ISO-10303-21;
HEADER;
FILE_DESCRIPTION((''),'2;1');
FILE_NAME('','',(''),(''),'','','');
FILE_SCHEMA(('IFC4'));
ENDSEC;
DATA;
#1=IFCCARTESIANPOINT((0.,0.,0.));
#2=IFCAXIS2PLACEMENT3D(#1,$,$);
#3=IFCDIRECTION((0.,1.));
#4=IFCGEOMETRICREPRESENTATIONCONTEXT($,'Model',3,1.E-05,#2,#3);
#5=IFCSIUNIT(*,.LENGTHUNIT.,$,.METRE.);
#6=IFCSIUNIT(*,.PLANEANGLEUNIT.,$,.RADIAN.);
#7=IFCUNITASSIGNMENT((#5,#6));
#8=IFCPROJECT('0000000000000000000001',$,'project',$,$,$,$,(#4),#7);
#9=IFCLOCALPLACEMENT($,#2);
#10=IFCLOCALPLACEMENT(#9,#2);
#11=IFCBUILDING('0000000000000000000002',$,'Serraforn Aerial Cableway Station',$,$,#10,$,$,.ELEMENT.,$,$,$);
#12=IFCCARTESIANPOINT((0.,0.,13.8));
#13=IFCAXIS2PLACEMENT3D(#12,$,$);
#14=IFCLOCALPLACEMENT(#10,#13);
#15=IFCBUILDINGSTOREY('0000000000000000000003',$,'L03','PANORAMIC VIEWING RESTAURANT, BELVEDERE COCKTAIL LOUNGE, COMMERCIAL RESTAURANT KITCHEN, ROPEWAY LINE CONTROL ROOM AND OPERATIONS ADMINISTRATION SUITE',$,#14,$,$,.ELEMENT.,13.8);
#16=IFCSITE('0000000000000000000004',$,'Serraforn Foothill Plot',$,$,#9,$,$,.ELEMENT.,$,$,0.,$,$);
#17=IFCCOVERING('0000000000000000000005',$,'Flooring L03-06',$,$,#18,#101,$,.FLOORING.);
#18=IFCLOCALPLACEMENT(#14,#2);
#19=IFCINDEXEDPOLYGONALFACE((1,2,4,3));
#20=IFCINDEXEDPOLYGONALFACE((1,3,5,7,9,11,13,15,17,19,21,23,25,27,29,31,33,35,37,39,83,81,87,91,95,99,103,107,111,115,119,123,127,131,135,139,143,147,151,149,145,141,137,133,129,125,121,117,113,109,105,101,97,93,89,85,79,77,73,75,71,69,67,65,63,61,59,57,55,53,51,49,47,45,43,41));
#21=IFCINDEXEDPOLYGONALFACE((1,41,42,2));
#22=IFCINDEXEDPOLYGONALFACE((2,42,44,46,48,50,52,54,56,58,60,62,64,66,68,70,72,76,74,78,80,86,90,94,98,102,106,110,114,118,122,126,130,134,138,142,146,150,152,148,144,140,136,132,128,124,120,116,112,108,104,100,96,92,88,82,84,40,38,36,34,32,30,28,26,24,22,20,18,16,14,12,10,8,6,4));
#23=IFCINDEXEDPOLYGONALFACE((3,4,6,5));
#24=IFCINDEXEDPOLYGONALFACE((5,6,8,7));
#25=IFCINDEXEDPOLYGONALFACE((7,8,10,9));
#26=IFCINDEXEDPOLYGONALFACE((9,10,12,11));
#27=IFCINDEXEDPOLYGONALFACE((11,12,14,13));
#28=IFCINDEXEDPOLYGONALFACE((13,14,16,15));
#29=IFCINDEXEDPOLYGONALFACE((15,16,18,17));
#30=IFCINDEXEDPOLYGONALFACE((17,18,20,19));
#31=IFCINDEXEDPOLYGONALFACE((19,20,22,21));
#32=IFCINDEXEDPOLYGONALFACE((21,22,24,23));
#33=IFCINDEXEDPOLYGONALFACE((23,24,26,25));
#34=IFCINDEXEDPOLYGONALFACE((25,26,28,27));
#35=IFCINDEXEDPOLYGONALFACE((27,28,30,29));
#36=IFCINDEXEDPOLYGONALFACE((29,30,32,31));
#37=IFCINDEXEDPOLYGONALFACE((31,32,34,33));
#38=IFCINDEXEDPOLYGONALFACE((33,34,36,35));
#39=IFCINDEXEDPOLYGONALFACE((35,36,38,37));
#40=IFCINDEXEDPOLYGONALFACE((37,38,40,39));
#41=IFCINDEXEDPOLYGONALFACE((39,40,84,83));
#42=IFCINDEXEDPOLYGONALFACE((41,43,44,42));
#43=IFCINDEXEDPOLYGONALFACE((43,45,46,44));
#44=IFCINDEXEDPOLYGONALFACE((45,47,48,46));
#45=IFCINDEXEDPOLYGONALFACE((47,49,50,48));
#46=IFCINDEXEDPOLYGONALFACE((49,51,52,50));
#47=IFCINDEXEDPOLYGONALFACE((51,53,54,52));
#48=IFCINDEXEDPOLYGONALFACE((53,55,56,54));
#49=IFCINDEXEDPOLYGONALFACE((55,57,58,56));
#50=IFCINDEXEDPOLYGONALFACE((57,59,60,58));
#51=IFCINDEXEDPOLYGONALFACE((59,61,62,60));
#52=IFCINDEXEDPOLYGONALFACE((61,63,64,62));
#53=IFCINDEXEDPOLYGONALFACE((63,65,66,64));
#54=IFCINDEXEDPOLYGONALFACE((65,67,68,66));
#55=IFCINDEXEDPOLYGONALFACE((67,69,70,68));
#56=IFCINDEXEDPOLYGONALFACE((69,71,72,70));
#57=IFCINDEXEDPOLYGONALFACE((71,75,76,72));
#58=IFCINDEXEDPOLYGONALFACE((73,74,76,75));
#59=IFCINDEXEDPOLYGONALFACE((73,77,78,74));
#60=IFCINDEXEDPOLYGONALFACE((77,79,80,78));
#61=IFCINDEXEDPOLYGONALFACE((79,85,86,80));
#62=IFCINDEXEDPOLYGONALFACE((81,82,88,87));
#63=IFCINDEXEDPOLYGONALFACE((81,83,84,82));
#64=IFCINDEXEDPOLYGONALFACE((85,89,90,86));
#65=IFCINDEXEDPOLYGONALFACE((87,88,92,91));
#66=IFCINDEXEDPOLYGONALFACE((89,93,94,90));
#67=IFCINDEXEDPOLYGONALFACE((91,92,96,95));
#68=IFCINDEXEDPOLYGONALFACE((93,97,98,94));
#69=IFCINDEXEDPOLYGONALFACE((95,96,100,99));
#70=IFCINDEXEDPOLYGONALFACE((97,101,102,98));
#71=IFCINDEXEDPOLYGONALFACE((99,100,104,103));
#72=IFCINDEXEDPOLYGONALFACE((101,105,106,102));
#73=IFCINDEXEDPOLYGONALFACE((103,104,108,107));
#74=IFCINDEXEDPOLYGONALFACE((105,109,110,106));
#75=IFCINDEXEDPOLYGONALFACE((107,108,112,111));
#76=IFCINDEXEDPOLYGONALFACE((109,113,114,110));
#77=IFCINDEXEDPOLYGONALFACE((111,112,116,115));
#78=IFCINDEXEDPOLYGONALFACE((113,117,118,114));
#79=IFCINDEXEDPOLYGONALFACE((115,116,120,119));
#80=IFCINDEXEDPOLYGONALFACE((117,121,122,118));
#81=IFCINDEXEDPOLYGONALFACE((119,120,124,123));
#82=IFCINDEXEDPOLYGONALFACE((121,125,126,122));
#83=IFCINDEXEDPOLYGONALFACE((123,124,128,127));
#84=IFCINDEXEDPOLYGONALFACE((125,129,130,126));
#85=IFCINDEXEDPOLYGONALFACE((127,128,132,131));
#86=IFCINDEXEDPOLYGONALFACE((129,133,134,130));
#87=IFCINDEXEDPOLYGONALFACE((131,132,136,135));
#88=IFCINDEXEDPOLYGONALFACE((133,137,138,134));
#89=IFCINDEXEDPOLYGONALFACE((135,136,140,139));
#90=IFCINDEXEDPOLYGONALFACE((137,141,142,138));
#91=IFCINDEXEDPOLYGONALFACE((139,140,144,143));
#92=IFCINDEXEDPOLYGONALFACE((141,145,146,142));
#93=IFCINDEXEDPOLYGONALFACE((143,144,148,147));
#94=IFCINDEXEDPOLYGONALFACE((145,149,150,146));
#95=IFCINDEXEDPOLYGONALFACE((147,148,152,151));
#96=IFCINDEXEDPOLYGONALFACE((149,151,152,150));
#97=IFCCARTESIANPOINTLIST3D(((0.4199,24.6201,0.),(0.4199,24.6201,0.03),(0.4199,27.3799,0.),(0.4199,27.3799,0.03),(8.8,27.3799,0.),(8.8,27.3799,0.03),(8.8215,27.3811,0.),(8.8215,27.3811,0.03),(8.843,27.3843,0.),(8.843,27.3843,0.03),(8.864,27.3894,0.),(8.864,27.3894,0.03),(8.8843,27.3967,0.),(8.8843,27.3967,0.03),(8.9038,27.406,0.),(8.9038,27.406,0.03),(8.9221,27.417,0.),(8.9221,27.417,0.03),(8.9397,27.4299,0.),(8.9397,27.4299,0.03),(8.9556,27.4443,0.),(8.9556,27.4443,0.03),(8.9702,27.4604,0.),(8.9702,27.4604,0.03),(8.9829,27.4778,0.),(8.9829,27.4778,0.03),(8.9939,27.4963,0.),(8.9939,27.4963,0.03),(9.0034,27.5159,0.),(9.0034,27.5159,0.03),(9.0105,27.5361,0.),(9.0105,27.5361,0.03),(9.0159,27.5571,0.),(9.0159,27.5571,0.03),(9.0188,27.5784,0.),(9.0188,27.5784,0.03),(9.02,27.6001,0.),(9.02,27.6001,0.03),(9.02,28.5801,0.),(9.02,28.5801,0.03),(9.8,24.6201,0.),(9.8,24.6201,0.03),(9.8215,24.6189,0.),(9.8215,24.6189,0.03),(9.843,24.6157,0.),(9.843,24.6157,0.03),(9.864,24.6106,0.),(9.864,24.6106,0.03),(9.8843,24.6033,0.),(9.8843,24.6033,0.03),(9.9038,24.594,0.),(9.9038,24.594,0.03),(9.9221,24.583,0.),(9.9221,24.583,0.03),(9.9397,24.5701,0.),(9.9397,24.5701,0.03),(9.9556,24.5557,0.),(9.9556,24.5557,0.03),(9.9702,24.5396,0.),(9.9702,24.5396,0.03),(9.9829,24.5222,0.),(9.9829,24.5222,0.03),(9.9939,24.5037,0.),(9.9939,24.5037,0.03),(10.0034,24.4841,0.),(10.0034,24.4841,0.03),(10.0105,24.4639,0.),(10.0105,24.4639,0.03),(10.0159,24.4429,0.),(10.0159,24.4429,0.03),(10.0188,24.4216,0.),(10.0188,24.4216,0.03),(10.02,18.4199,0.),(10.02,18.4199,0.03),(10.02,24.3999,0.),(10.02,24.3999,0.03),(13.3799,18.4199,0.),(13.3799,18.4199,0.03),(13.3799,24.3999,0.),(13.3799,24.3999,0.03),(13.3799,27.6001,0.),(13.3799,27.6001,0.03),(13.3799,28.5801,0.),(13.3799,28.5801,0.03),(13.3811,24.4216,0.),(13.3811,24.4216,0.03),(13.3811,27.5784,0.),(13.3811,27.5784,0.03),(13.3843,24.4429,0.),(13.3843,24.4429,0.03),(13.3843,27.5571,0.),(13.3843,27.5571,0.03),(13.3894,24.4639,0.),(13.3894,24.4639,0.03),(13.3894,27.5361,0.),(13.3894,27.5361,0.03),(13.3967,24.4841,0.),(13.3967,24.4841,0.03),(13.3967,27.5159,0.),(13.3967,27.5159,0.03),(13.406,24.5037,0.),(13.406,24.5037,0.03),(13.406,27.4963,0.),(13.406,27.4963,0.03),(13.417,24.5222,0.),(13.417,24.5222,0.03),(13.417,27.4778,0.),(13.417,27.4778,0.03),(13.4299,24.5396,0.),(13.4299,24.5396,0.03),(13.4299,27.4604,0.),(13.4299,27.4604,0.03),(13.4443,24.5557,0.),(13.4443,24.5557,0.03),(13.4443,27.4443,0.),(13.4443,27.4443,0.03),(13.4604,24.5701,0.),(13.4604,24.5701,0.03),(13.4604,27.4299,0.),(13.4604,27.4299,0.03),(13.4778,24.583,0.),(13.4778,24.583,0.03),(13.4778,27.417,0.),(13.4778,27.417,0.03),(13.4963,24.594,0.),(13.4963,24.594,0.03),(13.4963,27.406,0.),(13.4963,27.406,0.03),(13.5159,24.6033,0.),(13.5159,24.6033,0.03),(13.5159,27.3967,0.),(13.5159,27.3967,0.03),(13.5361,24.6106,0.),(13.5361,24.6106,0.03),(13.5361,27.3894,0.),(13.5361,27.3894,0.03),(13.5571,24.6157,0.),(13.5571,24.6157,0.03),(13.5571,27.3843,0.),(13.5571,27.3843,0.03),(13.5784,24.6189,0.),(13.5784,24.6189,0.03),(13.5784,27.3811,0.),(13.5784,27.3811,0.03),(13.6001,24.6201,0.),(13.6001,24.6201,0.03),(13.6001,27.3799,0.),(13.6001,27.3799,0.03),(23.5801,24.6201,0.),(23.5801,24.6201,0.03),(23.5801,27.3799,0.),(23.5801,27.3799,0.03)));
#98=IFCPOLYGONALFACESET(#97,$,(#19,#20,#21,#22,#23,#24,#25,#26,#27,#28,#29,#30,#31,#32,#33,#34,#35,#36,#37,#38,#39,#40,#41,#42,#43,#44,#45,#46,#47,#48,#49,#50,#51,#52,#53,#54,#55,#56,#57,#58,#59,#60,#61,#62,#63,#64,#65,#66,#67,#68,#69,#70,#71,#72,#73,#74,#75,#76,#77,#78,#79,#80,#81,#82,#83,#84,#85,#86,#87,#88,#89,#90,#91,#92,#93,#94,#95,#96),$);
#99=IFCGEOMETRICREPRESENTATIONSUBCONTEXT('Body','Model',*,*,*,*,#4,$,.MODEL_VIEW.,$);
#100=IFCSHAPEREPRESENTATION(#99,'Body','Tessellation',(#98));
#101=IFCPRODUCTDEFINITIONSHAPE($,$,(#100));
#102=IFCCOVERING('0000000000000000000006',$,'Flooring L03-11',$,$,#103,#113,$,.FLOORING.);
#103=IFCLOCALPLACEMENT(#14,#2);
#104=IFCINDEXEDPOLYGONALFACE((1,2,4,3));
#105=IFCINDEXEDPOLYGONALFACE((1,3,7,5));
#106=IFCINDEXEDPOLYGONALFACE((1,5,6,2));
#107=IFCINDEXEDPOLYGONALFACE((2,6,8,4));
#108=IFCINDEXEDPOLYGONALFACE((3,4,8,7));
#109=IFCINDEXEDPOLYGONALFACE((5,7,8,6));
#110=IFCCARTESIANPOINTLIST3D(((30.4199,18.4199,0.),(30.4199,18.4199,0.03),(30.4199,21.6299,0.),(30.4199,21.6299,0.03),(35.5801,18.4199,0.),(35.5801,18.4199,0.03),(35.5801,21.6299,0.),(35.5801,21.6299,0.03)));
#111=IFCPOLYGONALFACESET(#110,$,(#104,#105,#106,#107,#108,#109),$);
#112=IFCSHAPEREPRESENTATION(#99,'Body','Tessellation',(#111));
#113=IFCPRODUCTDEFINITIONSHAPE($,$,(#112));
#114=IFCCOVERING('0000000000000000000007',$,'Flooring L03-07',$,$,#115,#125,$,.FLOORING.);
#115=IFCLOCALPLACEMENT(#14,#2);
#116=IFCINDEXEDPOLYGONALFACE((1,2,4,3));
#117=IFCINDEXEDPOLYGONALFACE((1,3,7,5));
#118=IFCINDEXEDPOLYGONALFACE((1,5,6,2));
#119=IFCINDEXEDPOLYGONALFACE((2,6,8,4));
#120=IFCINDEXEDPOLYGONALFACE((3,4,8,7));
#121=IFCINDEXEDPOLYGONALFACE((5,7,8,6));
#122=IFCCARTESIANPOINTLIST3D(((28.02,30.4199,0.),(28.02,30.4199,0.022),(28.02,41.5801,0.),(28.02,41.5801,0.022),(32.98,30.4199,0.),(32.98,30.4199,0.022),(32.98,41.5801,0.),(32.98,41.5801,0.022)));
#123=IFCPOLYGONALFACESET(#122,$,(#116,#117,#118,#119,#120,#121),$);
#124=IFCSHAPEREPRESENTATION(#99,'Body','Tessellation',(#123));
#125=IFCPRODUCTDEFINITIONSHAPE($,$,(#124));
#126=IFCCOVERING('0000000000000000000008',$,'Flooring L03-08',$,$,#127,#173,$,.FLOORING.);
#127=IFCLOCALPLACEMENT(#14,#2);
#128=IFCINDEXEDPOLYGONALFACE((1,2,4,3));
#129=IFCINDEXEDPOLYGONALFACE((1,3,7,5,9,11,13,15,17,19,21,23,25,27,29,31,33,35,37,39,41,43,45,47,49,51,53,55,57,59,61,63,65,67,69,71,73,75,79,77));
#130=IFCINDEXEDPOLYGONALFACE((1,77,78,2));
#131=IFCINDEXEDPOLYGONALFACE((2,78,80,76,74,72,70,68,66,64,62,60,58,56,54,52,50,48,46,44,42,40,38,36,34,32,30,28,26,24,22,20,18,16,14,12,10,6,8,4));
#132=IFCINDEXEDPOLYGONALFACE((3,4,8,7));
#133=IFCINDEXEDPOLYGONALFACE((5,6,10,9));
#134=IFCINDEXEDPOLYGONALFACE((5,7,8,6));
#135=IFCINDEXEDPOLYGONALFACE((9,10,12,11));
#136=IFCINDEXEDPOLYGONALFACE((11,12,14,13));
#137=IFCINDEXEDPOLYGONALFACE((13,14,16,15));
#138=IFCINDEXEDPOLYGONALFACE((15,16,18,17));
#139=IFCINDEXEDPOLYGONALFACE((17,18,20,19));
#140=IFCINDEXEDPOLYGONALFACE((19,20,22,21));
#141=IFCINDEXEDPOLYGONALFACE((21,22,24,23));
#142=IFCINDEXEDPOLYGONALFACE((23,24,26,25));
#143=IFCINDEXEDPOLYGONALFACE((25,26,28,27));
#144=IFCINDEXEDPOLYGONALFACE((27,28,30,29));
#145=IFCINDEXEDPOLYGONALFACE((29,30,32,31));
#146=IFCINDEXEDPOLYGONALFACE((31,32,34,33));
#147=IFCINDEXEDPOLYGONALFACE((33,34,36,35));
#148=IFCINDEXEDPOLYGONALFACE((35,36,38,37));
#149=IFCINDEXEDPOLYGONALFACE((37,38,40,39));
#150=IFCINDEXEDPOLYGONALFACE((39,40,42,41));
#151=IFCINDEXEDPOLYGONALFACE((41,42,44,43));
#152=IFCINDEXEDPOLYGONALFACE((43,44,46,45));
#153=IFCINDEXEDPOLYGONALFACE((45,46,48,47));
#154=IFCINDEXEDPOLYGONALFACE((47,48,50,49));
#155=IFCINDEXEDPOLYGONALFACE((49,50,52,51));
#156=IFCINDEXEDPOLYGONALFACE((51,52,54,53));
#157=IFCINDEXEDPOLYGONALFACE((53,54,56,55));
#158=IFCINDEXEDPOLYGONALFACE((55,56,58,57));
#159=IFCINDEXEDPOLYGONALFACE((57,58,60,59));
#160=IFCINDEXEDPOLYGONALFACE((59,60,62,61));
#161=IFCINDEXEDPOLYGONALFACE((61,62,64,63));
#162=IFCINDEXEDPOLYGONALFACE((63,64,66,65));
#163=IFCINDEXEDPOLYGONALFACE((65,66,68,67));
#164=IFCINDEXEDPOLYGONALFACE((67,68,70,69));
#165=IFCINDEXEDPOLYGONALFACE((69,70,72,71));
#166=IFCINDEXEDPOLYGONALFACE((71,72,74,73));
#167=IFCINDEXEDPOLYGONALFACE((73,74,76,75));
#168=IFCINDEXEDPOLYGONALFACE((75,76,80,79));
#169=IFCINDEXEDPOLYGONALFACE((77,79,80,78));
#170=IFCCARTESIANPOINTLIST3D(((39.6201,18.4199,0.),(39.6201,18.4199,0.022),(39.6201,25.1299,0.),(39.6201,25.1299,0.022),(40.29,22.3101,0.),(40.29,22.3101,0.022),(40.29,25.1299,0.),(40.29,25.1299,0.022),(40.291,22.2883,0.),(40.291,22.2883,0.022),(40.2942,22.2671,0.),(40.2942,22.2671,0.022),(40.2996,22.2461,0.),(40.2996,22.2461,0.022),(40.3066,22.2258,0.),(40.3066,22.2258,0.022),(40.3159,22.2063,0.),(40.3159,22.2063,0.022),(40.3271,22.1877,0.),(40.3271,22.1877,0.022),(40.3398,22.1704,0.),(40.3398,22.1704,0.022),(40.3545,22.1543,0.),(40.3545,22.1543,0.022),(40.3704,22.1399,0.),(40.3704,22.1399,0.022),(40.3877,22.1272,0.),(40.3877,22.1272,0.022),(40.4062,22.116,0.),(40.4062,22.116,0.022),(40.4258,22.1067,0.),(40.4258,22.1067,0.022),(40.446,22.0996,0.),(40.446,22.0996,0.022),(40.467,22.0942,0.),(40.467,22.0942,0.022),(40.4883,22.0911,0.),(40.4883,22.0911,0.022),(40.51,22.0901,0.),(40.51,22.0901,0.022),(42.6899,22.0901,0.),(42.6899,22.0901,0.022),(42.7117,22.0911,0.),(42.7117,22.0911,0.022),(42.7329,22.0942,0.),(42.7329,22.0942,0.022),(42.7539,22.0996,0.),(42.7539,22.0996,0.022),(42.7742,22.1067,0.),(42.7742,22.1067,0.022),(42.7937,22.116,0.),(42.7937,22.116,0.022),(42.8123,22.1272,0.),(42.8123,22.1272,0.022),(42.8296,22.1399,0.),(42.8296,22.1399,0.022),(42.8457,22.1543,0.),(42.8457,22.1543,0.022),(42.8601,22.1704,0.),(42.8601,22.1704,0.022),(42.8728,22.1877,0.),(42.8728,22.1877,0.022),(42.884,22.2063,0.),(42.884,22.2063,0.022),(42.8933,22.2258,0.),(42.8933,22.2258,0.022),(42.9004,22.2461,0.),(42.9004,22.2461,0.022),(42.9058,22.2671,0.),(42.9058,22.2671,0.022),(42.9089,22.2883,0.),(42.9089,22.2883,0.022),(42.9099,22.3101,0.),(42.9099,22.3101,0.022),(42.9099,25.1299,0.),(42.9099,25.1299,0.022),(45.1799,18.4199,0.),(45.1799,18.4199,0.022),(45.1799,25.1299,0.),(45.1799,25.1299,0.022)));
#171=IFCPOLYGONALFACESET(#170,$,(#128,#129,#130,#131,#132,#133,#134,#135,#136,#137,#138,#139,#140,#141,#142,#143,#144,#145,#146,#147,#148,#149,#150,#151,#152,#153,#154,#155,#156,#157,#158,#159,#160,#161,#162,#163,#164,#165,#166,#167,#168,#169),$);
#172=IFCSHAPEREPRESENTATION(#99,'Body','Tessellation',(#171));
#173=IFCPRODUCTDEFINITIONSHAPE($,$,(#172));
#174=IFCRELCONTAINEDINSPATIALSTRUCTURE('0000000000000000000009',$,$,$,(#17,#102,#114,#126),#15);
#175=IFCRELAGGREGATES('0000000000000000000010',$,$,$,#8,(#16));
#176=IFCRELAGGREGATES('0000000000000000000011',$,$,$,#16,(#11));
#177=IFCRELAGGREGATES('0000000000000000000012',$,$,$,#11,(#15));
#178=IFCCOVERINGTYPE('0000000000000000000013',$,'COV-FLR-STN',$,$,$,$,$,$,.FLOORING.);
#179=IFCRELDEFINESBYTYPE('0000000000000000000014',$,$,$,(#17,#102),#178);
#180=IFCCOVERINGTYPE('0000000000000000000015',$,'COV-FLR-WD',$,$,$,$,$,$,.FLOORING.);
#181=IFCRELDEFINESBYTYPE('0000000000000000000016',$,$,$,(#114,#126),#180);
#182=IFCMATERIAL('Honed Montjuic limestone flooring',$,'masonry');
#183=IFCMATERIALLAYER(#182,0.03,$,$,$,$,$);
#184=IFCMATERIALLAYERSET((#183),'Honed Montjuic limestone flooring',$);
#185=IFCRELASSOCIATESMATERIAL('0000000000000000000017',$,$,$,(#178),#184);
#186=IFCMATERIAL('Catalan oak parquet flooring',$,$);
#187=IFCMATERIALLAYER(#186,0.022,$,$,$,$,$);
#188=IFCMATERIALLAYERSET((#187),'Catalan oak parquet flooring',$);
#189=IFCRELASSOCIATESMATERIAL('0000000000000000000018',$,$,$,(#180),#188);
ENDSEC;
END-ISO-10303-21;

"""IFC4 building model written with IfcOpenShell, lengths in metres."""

from ifc_helpers import new_model, si_unit, direction, frame, origin, place, context, subcontext, project, spatial, polyline, outline, extrude, material, layer, layer_set, type_object, element, save


model = new_model("IFC4")

# Units and contexts
model_context = context("Model", 3, precision=1e-05, world=origin(), true_north=direction((0.0, 1.0)))
body_context = subcontext(model_context, "Body", "Model", "MODEL_VIEW")
ifc_project = project(units=[si_unit("LENGTHUNIT", "METRE"), si_unit("PLANEANGLEUNIT", "RADIAN")], contexts=[model_context])

# Site, building, storey
site_placement = place(None, origin())
site = spatial("IfcSite", under=ifc_project, at=site_placement, Name="Serraforn Foothill Plot", CompositionType="ELEMENT", RefElevation=0.0)
building_placement = place(site_placement, origin())
building = spatial("IfcBuilding", under=site, at=building_placement, Name="Serraforn Aerial Cableway Station", CompositionType="ELEMENT")
storey_placement = place(building_placement, frame((0.0, 0.0, 13.8)))
storey = spatial("IfcBuildingStorey", under=building, at=storey_placement, Name="L03", Description="PANORAMIC VIEWING RESTAURANT, BELVEDERE COCKTAIL LOUNGE, COMMERCIAL RESTAURANT KITCHEN, ROPEWAY LINE CONTROL ROOM AND OPERATIONS ADMINISTRATION SUITE", CompositionType="ELEMENT", Elevation=13.8)

# Coverings
ifc_material_1 = material(Name="Honed Montjuic limestone flooring", Category="masonry")
ifc_layer_1 = layer(ifc_material_1, 0.03)
ifc_layer_set_1 = layer_set([ifc_layer_1], Name="Honed Montjuic limestone flooring")
covering_type_1 = type_object("IfcCoveringType", Name="COV-FLR-STN", PredefinedType="FLOORING", material=ifc_layer_set_1)
covering_1_placement = place(storey_placement, origin())
element("IfcCovering", 1, at=covering_1_placement, inside=storey, type_object=covering_type_1, Name="Flooring L03-06", PredefinedType="FLOORING", context=body_context, shape_type="SweptSolid", body=[
    extrude(outline(polyline([(10.02, 18.4199), (10.02, 24.3999), (10.0188, 24.4216), (10.0159, 24.4429), (10.0105, 24.4639), (10.0034, 24.4841), (9.9939, 24.5037), (9.9829, 24.5222), (9.9702, 24.5396), (9.9556, 24.5557), (9.9397, 24.5701), (9.9221, 24.583), (9.9038, 24.594), (9.8843, 24.6033), (9.864, 24.6106), (9.843, 24.6157), (9.8215, 24.6189), (9.8, 24.6201), (0.4199, 24.6201), (0.4199, 27.3799), (8.8, 27.3799), (8.8215, 27.3811), (8.843, 27.3843), (8.864, 27.3894), (8.8843, 27.3967), (8.9038, 27.406), (8.9221, 27.417), (8.9397, 27.4299), (8.9556, 27.4443), (8.9702, 27.4604), (8.9829, 27.4778), (8.9939, 27.4963), (9.0034, 27.5159), (9.0105, 27.5361), (9.0159, 27.5571), (9.0188, 27.5784), (9.02, 27.6001), (9.02, 28.5801), (13.3799, 28.5801), (13.3799, 27.6001), (13.3811, 27.5784), (13.3843, 27.5571), (13.3894, 27.5361), (13.3967, 27.5159), (13.406, 27.4963), (13.417, 27.4778), (13.4299, 27.4604), (13.4443, 27.4443), (13.4604, 27.4299), (13.4778, 27.417), (13.4963, 27.406), (13.5159, 27.3967), (13.5361, 27.3894), (13.5571, 27.3843), (13.5784, 27.3811), (13.6001, 27.3799), (23.5801, 27.3799), (23.5801, 24.6201), (13.6001, 24.6201), (13.5784, 24.6189), (13.5571, 24.6157), (13.5361, 24.6106), (13.5159, 24.6033), (13.4963, 24.594), (13.4778, 24.583), (13.4604, 24.5701), (13.4443, 24.5557), (13.4299, 24.5396), (13.417, 24.5222), (13.406, 24.5037), (13.3967, 24.4841), (13.3894, 24.4639), (13.3843, 24.4429), (13.3811, 24.4216), (13.3799, 24.3999), (13.3799, 18.4199), (10.02, 18.4199)])), origin(), (0.0, 0.0, 1.0), 0.03),
])
covering_2_placement = place(storey_placement, origin())
element("IfcCovering", 2, at=covering_2_placement, inside=storey, type_object=covering_type_1, Name="Flooring L03-11", PredefinedType="FLOORING", context=body_context, shape_type="SweptSolid", body=[
    extrude(outline(polyline([(30.4199, 18.4199), (30.4199, 21.6299), (35.5801, 21.6299), (35.5801, 18.4199), (30.4199, 18.4199)])), origin(), (0.0, 0.0, 1.0), 0.03),
])
ifc_material_2 = material(Name="Catalan oak parquet flooring")
ifc_layer_2 = layer(ifc_material_2, 0.022)
ifc_layer_set_2 = layer_set([ifc_layer_2], Name="Catalan oak parquet flooring")
covering_type_2 = type_object("IfcCoveringType", Name="COV-FLR-WD", PredefinedType="FLOORING", material=ifc_layer_set_2)
covering_3_placement = place(storey_placement, origin())
element("IfcCovering", 3, at=covering_3_placement, inside=storey, type_object=covering_type_2, Name="Flooring L03-07", PredefinedType="FLOORING", context=body_context, shape_type="SweptSolid", body=[
    extrude(outline(polyline([(28.02, 30.4199), (28.02, 41.5801), (32.98, 41.5801), (32.98, 30.4199), (28.02, 30.4199)])), origin(), (0.0, 0.0, 1.0), 0.022),
])
covering_4_placement = place(storey_placement, origin())
element("IfcCovering", 4, at=covering_4_placement, inside=storey, type_object=covering_type_2, Name="Flooring L03-08", PredefinedType="FLOORING", context=body_context, shape_type="SweptSolid", body=[
    extrude(outline(polyline([(39.6201, 18.4199), (39.6201, 25.1299), (40.29, 25.1299), (40.29, 22.3101), (40.291, 22.2883), (40.2942, 22.2671), (40.2996, 22.2461), (40.3066, 22.2258), (40.3159, 22.2063), (40.3271, 22.1877), (40.3398, 22.1704), (40.3545, 22.1543), (40.3704, 22.1399), (40.3877, 22.1272), (40.4062, 22.116), (40.4258, 22.1067), (40.446, 22.0996), (40.467, 22.0942), (40.4883, 22.0911), (40.51, 22.0901), (42.6899, 22.0901), (42.7117, 22.0911), (42.7329, 22.0942), (42.7539, 22.0996), (42.7742, 22.1067), (42.7937, 22.116), (42.8123, 22.1272), (42.8296, 22.1399), (42.8457, 22.1543), (42.8601, 22.1704), (42.8728, 22.1877), (42.884, 22.2063), (42.8933, 22.2258), (42.9004, 22.2461), (42.9058, 22.2671), (42.9089, 22.2883), (42.9099, 22.3101), (42.9099, 25.1299), (45.1799, 25.1299), (45.1799, 18.4199), (39.6201, 18.4199)])), origin(), (0.0, 0.0, 1.0), 0.022),
])

save(model, "model.ifc")
